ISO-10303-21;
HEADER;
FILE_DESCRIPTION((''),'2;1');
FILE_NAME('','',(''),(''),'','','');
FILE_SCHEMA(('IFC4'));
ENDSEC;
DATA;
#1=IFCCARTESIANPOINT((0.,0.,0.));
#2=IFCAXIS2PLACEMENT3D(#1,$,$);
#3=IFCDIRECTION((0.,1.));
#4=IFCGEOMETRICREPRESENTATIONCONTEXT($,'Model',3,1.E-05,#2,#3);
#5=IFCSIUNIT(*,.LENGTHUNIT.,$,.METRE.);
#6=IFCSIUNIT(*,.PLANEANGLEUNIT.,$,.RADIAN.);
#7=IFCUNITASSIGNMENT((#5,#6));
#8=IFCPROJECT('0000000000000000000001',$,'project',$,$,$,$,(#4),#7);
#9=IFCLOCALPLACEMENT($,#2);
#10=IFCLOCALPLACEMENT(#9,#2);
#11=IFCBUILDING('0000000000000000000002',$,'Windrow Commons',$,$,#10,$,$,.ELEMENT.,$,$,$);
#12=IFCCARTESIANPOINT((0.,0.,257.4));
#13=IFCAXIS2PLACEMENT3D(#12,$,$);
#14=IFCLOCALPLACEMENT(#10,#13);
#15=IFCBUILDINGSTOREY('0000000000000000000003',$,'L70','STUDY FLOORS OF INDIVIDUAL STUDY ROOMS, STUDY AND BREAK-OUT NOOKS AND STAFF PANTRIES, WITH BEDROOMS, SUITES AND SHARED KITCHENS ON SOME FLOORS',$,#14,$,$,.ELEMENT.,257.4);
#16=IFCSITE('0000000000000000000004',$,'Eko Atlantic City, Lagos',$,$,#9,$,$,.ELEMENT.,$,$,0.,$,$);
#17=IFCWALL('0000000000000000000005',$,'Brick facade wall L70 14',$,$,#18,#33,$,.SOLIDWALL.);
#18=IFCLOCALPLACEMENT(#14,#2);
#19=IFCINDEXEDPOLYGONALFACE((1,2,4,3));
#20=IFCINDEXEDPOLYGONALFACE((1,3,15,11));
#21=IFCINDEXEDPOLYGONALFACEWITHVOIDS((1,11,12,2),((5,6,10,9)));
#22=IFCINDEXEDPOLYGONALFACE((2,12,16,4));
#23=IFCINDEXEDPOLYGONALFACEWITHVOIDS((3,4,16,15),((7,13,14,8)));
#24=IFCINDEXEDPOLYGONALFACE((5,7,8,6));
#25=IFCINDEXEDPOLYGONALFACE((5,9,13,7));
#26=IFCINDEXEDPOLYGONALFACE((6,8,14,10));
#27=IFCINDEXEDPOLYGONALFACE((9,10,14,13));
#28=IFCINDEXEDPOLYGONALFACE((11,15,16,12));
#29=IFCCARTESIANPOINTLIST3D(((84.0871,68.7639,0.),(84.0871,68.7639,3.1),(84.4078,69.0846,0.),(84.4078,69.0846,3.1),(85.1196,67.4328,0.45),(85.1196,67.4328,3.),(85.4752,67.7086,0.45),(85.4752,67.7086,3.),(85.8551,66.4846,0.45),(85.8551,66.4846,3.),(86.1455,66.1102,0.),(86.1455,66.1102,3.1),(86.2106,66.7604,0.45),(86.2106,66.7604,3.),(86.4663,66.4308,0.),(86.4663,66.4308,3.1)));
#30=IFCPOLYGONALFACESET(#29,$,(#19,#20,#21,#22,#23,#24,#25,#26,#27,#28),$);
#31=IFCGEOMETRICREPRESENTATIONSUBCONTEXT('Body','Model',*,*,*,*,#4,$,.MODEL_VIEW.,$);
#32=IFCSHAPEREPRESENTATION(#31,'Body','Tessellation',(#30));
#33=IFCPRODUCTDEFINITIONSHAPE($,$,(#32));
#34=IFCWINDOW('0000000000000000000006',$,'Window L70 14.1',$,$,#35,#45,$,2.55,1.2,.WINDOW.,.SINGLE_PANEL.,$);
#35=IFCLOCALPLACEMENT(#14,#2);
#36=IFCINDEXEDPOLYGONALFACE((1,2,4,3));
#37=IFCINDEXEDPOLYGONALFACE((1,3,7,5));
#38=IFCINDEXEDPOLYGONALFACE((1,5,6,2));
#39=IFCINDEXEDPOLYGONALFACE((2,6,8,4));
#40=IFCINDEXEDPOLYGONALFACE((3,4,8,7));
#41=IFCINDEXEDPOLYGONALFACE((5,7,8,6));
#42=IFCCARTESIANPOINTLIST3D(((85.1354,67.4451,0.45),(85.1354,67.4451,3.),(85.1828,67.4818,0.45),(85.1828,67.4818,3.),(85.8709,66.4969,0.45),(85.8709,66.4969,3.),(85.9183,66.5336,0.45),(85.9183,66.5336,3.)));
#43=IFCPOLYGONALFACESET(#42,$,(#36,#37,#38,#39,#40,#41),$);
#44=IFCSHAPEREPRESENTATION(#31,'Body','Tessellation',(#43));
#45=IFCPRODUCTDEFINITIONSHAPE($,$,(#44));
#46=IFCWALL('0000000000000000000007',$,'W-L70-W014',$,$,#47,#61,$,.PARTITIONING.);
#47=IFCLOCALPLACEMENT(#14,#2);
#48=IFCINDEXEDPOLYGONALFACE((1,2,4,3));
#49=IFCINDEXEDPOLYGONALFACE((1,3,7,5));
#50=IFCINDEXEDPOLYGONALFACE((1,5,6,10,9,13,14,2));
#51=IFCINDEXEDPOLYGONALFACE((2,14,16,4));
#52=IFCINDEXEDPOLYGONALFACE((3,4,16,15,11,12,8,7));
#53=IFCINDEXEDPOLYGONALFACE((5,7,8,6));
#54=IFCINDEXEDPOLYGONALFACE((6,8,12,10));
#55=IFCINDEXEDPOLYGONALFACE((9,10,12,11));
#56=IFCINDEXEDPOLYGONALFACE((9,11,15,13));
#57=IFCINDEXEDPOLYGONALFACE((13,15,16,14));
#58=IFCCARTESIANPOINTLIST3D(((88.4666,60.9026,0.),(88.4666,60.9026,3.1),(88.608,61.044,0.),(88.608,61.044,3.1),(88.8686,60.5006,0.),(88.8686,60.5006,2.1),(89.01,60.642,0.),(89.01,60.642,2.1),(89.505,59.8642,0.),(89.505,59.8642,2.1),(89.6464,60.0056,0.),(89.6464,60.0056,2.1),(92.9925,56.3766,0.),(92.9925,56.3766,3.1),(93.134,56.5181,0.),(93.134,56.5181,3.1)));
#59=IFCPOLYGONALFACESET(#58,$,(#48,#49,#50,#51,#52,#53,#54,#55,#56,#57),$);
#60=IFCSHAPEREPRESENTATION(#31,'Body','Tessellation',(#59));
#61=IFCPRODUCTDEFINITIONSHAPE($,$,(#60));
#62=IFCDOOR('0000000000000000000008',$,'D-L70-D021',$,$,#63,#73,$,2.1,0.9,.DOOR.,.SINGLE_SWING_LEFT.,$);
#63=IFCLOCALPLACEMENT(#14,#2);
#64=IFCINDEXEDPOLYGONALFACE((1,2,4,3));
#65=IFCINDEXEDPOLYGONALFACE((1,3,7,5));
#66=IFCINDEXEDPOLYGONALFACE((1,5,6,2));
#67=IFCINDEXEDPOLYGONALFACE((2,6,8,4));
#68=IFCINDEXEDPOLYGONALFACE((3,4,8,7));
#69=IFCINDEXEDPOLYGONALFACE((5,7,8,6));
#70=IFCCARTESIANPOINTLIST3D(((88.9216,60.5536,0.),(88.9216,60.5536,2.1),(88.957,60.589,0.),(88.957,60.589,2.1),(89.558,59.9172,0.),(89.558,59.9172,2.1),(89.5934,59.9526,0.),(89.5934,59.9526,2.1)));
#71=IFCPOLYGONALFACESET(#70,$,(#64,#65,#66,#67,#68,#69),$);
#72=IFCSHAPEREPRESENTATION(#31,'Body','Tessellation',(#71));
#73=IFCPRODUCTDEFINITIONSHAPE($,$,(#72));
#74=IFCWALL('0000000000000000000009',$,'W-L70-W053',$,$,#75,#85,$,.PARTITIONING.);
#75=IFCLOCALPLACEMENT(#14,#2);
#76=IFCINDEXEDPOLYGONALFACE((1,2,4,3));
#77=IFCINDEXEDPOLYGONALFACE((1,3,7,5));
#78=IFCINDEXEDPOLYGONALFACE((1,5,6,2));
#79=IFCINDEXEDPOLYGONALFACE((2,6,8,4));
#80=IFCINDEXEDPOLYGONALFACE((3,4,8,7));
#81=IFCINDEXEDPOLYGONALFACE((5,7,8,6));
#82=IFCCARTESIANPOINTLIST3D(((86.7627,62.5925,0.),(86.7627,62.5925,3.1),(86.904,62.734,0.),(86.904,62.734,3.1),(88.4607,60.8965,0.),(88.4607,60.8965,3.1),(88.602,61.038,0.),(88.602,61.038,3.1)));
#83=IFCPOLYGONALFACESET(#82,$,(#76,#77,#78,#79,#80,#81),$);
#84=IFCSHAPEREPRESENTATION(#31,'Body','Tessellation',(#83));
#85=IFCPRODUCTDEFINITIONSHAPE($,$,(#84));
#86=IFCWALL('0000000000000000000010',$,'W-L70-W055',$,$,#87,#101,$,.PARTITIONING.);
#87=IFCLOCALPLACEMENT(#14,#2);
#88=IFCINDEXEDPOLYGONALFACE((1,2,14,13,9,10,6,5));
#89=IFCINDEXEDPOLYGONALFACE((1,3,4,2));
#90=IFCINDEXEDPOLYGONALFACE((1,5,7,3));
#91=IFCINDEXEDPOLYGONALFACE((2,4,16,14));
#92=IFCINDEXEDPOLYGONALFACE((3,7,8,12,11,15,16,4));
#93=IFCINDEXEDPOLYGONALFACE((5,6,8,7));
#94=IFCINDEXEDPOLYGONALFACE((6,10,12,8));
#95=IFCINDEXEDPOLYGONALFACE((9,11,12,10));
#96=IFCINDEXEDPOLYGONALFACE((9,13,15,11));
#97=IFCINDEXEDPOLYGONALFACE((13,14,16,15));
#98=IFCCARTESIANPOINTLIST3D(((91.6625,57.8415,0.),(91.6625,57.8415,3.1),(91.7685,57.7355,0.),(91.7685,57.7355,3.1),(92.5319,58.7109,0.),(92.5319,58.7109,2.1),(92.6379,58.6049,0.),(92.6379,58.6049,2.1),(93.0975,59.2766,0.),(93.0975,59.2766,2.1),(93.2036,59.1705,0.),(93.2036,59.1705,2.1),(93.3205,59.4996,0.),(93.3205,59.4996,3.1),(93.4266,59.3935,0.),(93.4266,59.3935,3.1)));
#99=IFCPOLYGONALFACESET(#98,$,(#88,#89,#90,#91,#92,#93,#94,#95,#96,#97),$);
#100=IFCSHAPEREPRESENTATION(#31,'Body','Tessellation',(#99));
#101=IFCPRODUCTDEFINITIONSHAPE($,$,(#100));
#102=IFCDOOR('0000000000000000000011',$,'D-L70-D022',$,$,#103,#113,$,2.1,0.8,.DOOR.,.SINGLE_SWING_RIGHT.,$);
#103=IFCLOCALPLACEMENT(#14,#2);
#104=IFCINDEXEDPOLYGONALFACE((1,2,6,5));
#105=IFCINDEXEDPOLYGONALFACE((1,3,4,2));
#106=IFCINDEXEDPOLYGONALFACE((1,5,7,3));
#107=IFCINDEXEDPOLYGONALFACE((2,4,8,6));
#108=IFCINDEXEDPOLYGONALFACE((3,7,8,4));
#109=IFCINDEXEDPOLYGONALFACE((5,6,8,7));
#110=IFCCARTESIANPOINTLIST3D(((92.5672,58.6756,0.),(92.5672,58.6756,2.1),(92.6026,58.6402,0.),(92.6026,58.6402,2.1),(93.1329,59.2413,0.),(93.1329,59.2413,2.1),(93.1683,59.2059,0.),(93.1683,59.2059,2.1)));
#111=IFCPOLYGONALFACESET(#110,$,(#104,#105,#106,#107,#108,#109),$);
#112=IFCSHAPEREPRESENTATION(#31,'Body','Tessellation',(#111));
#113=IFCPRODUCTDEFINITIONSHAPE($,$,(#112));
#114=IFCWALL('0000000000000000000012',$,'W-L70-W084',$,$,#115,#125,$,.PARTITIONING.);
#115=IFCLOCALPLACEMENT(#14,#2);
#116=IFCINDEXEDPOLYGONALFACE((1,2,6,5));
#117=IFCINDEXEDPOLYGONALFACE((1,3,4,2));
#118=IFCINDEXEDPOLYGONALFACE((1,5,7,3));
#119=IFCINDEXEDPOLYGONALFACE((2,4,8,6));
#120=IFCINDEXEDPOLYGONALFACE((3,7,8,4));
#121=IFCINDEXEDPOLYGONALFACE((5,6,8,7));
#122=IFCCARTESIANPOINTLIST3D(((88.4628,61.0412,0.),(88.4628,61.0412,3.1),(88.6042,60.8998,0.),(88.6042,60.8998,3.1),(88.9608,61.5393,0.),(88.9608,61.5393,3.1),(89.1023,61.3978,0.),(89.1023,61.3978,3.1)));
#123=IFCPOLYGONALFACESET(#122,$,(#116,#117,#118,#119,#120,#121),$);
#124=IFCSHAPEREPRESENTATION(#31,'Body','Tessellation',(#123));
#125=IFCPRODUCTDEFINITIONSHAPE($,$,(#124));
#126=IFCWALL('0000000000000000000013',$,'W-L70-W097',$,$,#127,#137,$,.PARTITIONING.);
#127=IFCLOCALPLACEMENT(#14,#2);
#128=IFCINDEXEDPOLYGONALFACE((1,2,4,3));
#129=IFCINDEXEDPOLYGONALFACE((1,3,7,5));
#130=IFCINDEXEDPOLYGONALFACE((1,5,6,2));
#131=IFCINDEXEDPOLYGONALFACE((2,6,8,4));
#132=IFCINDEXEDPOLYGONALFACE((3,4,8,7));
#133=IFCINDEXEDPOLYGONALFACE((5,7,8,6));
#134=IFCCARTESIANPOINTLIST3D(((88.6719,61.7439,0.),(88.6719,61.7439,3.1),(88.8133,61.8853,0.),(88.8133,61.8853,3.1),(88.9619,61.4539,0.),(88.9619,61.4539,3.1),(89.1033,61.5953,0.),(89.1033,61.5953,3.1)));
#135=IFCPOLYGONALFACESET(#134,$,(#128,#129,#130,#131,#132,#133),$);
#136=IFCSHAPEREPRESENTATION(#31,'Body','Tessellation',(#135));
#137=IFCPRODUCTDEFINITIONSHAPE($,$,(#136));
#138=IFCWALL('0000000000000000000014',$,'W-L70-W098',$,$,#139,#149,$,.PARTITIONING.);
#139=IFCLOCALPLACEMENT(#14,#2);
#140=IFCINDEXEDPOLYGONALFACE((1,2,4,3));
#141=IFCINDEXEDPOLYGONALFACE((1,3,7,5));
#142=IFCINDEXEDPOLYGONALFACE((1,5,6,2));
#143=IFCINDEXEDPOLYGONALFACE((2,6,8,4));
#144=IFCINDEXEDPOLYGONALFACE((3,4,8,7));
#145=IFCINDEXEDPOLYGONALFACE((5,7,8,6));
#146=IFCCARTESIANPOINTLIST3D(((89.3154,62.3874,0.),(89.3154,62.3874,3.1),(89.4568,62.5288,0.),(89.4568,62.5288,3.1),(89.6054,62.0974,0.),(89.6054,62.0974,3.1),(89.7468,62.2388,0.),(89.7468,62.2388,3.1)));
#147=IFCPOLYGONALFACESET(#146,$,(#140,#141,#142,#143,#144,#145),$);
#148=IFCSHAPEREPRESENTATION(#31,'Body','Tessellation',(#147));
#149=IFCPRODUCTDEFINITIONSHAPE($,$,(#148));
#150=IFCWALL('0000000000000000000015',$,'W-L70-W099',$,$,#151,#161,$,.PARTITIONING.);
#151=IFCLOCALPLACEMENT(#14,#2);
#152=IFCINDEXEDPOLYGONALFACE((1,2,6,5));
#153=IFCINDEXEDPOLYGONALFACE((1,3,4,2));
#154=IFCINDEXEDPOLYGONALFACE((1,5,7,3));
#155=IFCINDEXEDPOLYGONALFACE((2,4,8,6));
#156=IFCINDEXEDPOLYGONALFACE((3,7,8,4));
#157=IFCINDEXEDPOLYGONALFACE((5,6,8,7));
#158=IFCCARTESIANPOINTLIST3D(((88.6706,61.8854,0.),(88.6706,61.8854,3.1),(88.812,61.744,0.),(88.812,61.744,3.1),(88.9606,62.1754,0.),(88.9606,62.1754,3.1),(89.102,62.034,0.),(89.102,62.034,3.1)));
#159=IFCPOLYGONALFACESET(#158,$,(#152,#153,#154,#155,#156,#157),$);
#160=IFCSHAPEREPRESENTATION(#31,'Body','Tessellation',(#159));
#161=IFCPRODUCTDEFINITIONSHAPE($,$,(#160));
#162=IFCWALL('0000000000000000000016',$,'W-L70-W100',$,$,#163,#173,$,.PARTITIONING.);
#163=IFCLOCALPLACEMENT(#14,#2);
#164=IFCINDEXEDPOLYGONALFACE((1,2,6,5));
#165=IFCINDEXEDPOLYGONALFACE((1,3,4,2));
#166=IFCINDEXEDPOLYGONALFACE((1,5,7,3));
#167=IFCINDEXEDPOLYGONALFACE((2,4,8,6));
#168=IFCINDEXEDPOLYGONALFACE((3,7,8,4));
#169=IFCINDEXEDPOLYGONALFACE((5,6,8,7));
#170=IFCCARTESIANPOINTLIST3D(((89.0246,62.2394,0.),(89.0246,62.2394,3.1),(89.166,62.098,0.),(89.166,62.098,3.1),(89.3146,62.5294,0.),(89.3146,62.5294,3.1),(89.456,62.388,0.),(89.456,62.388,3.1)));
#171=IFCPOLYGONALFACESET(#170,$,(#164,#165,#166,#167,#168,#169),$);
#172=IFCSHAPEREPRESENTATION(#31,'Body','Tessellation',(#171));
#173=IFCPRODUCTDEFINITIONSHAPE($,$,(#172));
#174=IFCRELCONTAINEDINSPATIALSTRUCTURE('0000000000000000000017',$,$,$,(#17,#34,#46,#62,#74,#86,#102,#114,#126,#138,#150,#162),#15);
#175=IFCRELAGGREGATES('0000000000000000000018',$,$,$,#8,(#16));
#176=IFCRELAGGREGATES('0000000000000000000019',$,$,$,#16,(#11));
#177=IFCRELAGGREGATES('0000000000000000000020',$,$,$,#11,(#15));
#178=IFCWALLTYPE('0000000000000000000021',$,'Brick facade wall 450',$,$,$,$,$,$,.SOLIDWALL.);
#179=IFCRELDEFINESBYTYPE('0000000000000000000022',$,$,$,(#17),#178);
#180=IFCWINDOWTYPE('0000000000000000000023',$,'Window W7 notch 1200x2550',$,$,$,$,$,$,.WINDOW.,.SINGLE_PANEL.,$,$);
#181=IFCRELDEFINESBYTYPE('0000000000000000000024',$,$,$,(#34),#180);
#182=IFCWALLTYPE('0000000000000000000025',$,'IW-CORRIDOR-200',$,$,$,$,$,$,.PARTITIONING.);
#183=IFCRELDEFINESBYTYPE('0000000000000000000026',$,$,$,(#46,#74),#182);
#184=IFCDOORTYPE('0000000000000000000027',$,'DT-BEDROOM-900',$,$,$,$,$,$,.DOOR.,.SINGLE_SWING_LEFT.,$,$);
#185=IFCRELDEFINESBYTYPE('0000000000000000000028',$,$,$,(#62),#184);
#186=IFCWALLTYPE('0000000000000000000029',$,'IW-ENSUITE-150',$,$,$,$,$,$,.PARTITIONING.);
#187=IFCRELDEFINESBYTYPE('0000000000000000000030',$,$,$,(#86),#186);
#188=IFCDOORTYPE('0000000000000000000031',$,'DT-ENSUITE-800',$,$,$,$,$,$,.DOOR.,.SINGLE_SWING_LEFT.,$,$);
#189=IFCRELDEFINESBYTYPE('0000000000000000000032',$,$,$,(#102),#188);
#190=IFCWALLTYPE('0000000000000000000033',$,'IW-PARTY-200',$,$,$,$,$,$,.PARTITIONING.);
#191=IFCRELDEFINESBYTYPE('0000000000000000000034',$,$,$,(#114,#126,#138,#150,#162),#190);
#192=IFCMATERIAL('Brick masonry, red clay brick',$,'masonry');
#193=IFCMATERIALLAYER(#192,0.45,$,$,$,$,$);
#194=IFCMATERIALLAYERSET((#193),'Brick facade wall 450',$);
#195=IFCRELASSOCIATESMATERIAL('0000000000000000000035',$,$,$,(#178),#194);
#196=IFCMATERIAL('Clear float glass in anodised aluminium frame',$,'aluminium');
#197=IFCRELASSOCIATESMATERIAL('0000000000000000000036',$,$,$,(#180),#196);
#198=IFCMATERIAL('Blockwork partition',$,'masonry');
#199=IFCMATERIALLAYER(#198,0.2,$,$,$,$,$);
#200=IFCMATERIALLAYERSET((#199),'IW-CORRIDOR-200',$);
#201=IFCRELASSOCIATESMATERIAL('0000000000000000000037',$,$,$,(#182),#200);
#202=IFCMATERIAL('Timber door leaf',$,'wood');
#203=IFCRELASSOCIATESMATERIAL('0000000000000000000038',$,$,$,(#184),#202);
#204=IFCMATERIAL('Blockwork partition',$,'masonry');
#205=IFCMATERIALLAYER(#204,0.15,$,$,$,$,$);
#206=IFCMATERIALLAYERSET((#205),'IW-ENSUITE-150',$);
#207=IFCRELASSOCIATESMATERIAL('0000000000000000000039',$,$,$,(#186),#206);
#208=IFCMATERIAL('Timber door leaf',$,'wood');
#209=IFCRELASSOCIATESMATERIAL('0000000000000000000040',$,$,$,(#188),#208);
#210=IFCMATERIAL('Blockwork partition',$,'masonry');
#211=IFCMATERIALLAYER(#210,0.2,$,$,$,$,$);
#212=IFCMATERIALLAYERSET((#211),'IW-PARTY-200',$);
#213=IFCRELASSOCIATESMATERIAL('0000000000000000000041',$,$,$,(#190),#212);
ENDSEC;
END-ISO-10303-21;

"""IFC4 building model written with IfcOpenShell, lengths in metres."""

from ifc_helpers import new_model, si_unit, direction, frame, frame_2d, origin, place, context, subcontext, project, spatial, polyline, rectangle, outline, extrude, material, layer, layer_set, type_object, element, fill, save


model = new_model("IFC4")

# Units and contexts
model_context = context("Model", 3, precision=1e-05, world=origin(), true_north=direction((0.0, 1.0)))
body_context = subcontext(model_context, "Body", "Model", "MODEL_VIEW")
ifc_project = project(units=[si_unit("LENGTHUNIT", "METRE"), si_unit("PLANEANGLEUNIT", "RADIAN")], contexts=[model_context])

# Site, building, storey
site_placement = place(None, origin())
site = spatial("IfcSite", under=ifc_project, at=site_placement, Name="Eko Atlantic City, Lagos", CompositionType="ELEMENT", RefElevation=0.0)
building_placement = place(site_placement, origin())
building = spatial("IfcBuilding", under=site, at=building_placement, Name="Windrow Commons", CompositionType="ELEMENT")
storey_placement = place(building_placement, frame((0.0, 0.0, 257.4)))
storey = spatial("IfcBuildingStorey", under=building, at=storey_placement, Name="L70", Description="STUDY FLOORS OF INDIVIDUAL STUDY ROOMS, STUDY AND BREAK-OUT NOOKS AND STAFF PANTRIES, WITH BEDROOMS, SUITES AND SHARED KITCHENS ON SOME FLOORS", CompositionType="ELEMENT", Elevation=257.4)

# Wall, opening, window
ifc_material_1 = material(Name="Brick masonry, red clay brick", Category="masonry")
ifc_layer_1 = layer(ifc_material_1, 0.45)
ifc_layer_set_1 = layer_set([ifc_layer_1], Name="Brick facade wall 450")
wall_type_1 = type_object("IfcWallType", Name="Brick facade wall 450", PredefinedType="SOLIDWALL", material=ifc_layer_set_1)
ifc_material_2 = material(Name="Clear float glass in anodised aluminium frame", Category="aluminium")
window_type = type_object("IfcWindowType", Name="Window W7 notch 1200x2550", PartitioningType="SINGLE_PANEL", PredefinedType="WINDOW", material=ifc_material_2)
wall_1_placement = place(storey_placement, frame((86.3059, 66.2705, 0.0), z_axis=(0.0, 0.0, 1.0), x_axis=(-0.612903, 0.790158, 0.0)))
wall_1 = element("IfcWall", 1, at=wall_1_placement, inside=storey, type_object=wall_type_1, Name="Brick facade wall L70 14", PredefinedType="SOLIDWALL", context=body_context, shape_type="SweptSolid", body=[
    extrude(outline(polyline([(0.0284, -0.225), (3.3869, -0.225), (3.3301, 0.225), (-0.0284, 0.225), (0.0284, -0.225)])), origin(), (0.0, 0.0, 1.0), 3.1),
])
opening_1_placement = place(wall_1_placement, frame((0.4455, 0.0, 0.45)))
opening_1 = element("IfcOpeningElement", 2, at=opening_1_placement, cuts=wall_1, PredefinedType="OPENING", context=body_context, shape_type="SweptSolid", body=[
    extrude(rectangle(XDim=1.2, YDim=2.55, at=frame_2d((0.6, 1.275))), frame((0.0, 0.235, 0.0), z_axis=(0.0, -1.0, 0.0), x_axis=(1.0, 0.0, 0.0)), (0.0, 0.0, 1.0), 0.47),
])
window_1_placement = place(opening_1_placement, origin())
window_1 = element("IfcWindow", 3, at=window_1_placement, inside=storey, type_object=window_type, Name="Window L70 14.1", OverallHeight=2.55, OverallWidth=1.2, PartitioningType="SINGLE_PANEL", PredefinedType="WINDOW", context=body_context, shape_type="SweptSolid", body=[
    extrude(rectangle(XDim=1.2, YDim=2.55, at=frame_2d((0.6, 1.275))), frame((0.0, 0.205, 0.0), z_axis=(0.0, -1.0, 0.0), x_axis=(1.0, 0.0, 0.0)), (0.0, 0.0, 1.0), 0.06),
])
fill(opening_1, window_1)

# Wall, opening, door
ifc_material_3 = material(Name="Blockwork partition", Category="masonry")
ifc_layer_2 = layer(ifc_material_3, 0.2)
ifc_layer_set_2 = layer_set([ifc_layer_2], Name="IW-CORRIDOR-200")
wall_type_2 = type_object("IfcWallType", Name="IW-CORRIDOR-200", PredefinedType="PARTITIONING", material=ifc_layer_set_2)
wall_2_placement = place(storey_placement, frame((88.5373, 60.9733, 0.0), z_axis=(0.0, 0.0, 1.0), x_axis=(0.707107, -0.707107, 0.0)))
wall_2 = element("IfcWall", 4, at=wall_2_placement, inside=storey, type_object=wall_type_2, Name="W-L70-W014", PredefinedType="PARTITIONING", context=body_context, shape_type="SweptSolid", body=[
    extrude(rectangle(XDim=6.4007, YDim=0.2, at=frame_2d((3.2003, 0.0))), origin(), (0.0, 0.0, 1.0), 3.1),
])
opening_2_placement = place(wall_2_placement, frame((0.5685, 0.0, 0.0)))
opening_2 = element("IfcOpeningElement", 5, at=opening_2_placement, cuts=wall_2, PredefinedType="OPENING", context=body_context, shape_type="SweptSolid", body=[
    extrude(rectangle(XDim=0.9, YDim=2.1, at=frame_2d((0.45, 1.05))), frame((0.0, 0.11, 0.0), z_axis=(0.0, -1.0, 0.0), x_axis=(1.0, 0.0, 0.0)), (0.0, 0.0, 1.0), 0.22),
])
ifc_material_4 = material(Name="Timber door leaf", Category="wood")
door_type_1 = type_object("IfcDoorType", Name="DT-BEDROOM-900", OperationType="SINGLE_SWING_LEFT", PredefinedType="DOOR", material=ifc_material_4)
door_1_placement = place(opening_2_placement, origin())
door_1 = element("IfcDoor", 6, at=door_1_placement, inside=storey, type_object=door_type_1, Name="D-L70-D021", OperationType="SINGLE_SWING_LEFT", OverallHeight=2.1, OverallWidth=0.9, PredefinedType="DOOR", context=body_context, shape_type="SweptSolid", body=[
    extrude(rectangle(XDim=0.9, YDim=2.1, at=frame_2d((0.45, 1.05))), frame((0.0, 0.025, 0.0), z_axis=(0.0, -1.0, 0.0), x_axis=(1.0, 0.0, 0.0)), (0.0, 0.0, 1.0), 0.05),
])
fill(opening_2, door_1)

# Wall
wall_3_placement = place(storey_placement, frame((86.8333, 62.6633, 0.0), z_axis=(0.0, 0.0, 1.0), x_axis=(0.707523, -0.70669, 0.0)))
element("IfcWall", 7, at=wall_3_placement, inside=storey, type_object=wall_type_2, Name="W-L70-W053", PredefinedType="PARTITIONING", context=body_context, shape_type="SweptSolid", body=[
    extrude(rectangle(XDim=2.3999, YDim=0.2, at=frame_2d((1.2, 0.0))), origin(), (0.0, 0.0, 1.0), 3.1),
])

# Wall, opening, door
ifc_material_5 = material(Name="Blockwork partition", Category="masonry")
ifc_layer_3 = layer(ifc_material_5, 0.15)
ifc_layer_set_3 = layer_set([ifc_layer_3], Name="IW-ENSUITE-150")
wall_type_3 = type_object("IfcWallType", Name="IW-ENSUITE-150", PredefinedType="PARTITIONING", material=ifc_layer_set_3)
wall_4_placement = place(storey_placement, frame((91.7155, 57.7885, 0.0), z_axis=(0.0, 0.0, 1.0), x_axis=(0.707107, 0.707107, 0.0)))
wall_4 = element("IfcWall", 8, at=wall_4_placement, inside=storey, type_object=wall_type_3, Name="W-L70-W055", PredefinedType="PARTITIONING", context=body_context, shape_type="SweptSolid", body=[
    extrude(rectangle(XDim=2.3448, YDim=0.15, at=frame_2d((1.1724, 0.0))), origin(), (0.0, 0.0, 1.0), 3.1),
])
opening_3_placement = place(wall_4_placement, frame((1.2295, 0.0, 0.0)))
opening_3 = element("IfcOpeningElement", 9, at=opening_3_placement, cuts=wall_4, PredefinedType="OPENING", context=body_context, shape_type="SweptSolid", body=[
    extrude(rectangle(XDim=0.8, YDim=2.1, at=frame_2d((0.4, 1.05))), frame((0.0, 0.085, 0.0), z_axis=(0.0, -1.0, 0.0), x_axis=(1.0, 0.0, 0.0)), (0.0, 0.0, 1.0), 0.17),
])
ifc_material_6 = material(Name="Timber door leaf", Category="wood")
door_type_2 = type_object("IfcDoorType", Name="DT-ENSUITE-800", OperationType="SINGLE_SWING_LEFT", PredefinedType="DOOR", material=ifc_material_6)
door_2_placement = place(opening_3_placement, origin())
door_2 = element("IfcDoor", 10, at=door_2_placement, inside=storey, type_object=door_type_2, Name="D-L70-D022", OperationType="SINGLE_SWING_RIGHT", OverallHeight=2.1, OverallWidth=0.8, PredefinedType="DOOR", context=body_context, shape_type="SweptSolid", body=[
    extrude(rectangle(XDim=0.8, YDim=2.1, at=frame_2d((0.4, 1.05))), frame((0.0, 0.025, 0.0), z_axis=(0.0, -1.0, 0.0), x_axis=(1.0, 0.0, 0.0)), (0.0, 0.0, 1.0), 0.05),
])
fill(opening_3, door_2)

# Walls
ifc_material_7 = material(Name="Blockwork partition", Category="masonry")
ifc_layer_4 = layer(ifc_material_7, 0.2)
ifc_layer_set_4 = layer_set([ifc_layer_4], Name="IW-PARTY-200")
wall_type_4 = type_object("IfcWallType", Name="IW-PARTY-200", PredefinedType="PARTITIONING", material=ifc_layer_set_4)
wall_5_placement = place(storey_placement, frame((88.5335, 60.9705, 0.0), z_axis=(0.0, 0.0, 1.0), x_axis=(0.707107, 0.707107, 0.0)))
element("IfcWall", 11, at=wall_5_placement, inside=storey, type_object=wall_type_4, Name="W-L70-W084", PredefinedType="PARTITIONING", context=body_context, shape_type="SweptSolid", body=[
    extrude(rectangle(XDim=0.7043, YDim=0.2, at=frame_2d((0.3522, 0.0))), origin(), (0.0, 0.0, 1.0), 3.1),
])
for number, where, z_axis, x_axis, name in (
    (12, (88.7426, 61.8146, 0.0), (0.0, 0.0, 1.0), (0.707107, -0.707107, 0.0), "W-L70-W097"),
    (13, (89.3861, 62.4581, 0.0), (0.0, 0.0, 1.0), (0.707107, -0.707107, 0.0), "W-L70-W098"),
    (14, (88.7413, 61.8147, 0.0), (0.0, 0.0, 1.0), (0.707107, 0.707107, 0.0), "W-L70-W099"),
    (15, (89.0953, 62.1687, 0.0), (0.0, 0.0, 1.0), (0.707107, 0.707107, 0.0), "W-L70-W100"),
):
    element("IfcWall", number, at=place(storey_placement, frame(where, z_axis=z_axis, x_axis=x_axis)), inside=storey, type_object=wall_type_4, Name=name, PredefinedType="PARTITIONING", context=body_context, shape_type="SweptSolid", body=[
        extrude(rectangle(XDim=0.4101, YDim=0.2, at=frame_2d((0.2051, 0.0))), origin(), (0.0, 0.0, 1.0), 3.1),
    ])

save(model, "model.ifc")
